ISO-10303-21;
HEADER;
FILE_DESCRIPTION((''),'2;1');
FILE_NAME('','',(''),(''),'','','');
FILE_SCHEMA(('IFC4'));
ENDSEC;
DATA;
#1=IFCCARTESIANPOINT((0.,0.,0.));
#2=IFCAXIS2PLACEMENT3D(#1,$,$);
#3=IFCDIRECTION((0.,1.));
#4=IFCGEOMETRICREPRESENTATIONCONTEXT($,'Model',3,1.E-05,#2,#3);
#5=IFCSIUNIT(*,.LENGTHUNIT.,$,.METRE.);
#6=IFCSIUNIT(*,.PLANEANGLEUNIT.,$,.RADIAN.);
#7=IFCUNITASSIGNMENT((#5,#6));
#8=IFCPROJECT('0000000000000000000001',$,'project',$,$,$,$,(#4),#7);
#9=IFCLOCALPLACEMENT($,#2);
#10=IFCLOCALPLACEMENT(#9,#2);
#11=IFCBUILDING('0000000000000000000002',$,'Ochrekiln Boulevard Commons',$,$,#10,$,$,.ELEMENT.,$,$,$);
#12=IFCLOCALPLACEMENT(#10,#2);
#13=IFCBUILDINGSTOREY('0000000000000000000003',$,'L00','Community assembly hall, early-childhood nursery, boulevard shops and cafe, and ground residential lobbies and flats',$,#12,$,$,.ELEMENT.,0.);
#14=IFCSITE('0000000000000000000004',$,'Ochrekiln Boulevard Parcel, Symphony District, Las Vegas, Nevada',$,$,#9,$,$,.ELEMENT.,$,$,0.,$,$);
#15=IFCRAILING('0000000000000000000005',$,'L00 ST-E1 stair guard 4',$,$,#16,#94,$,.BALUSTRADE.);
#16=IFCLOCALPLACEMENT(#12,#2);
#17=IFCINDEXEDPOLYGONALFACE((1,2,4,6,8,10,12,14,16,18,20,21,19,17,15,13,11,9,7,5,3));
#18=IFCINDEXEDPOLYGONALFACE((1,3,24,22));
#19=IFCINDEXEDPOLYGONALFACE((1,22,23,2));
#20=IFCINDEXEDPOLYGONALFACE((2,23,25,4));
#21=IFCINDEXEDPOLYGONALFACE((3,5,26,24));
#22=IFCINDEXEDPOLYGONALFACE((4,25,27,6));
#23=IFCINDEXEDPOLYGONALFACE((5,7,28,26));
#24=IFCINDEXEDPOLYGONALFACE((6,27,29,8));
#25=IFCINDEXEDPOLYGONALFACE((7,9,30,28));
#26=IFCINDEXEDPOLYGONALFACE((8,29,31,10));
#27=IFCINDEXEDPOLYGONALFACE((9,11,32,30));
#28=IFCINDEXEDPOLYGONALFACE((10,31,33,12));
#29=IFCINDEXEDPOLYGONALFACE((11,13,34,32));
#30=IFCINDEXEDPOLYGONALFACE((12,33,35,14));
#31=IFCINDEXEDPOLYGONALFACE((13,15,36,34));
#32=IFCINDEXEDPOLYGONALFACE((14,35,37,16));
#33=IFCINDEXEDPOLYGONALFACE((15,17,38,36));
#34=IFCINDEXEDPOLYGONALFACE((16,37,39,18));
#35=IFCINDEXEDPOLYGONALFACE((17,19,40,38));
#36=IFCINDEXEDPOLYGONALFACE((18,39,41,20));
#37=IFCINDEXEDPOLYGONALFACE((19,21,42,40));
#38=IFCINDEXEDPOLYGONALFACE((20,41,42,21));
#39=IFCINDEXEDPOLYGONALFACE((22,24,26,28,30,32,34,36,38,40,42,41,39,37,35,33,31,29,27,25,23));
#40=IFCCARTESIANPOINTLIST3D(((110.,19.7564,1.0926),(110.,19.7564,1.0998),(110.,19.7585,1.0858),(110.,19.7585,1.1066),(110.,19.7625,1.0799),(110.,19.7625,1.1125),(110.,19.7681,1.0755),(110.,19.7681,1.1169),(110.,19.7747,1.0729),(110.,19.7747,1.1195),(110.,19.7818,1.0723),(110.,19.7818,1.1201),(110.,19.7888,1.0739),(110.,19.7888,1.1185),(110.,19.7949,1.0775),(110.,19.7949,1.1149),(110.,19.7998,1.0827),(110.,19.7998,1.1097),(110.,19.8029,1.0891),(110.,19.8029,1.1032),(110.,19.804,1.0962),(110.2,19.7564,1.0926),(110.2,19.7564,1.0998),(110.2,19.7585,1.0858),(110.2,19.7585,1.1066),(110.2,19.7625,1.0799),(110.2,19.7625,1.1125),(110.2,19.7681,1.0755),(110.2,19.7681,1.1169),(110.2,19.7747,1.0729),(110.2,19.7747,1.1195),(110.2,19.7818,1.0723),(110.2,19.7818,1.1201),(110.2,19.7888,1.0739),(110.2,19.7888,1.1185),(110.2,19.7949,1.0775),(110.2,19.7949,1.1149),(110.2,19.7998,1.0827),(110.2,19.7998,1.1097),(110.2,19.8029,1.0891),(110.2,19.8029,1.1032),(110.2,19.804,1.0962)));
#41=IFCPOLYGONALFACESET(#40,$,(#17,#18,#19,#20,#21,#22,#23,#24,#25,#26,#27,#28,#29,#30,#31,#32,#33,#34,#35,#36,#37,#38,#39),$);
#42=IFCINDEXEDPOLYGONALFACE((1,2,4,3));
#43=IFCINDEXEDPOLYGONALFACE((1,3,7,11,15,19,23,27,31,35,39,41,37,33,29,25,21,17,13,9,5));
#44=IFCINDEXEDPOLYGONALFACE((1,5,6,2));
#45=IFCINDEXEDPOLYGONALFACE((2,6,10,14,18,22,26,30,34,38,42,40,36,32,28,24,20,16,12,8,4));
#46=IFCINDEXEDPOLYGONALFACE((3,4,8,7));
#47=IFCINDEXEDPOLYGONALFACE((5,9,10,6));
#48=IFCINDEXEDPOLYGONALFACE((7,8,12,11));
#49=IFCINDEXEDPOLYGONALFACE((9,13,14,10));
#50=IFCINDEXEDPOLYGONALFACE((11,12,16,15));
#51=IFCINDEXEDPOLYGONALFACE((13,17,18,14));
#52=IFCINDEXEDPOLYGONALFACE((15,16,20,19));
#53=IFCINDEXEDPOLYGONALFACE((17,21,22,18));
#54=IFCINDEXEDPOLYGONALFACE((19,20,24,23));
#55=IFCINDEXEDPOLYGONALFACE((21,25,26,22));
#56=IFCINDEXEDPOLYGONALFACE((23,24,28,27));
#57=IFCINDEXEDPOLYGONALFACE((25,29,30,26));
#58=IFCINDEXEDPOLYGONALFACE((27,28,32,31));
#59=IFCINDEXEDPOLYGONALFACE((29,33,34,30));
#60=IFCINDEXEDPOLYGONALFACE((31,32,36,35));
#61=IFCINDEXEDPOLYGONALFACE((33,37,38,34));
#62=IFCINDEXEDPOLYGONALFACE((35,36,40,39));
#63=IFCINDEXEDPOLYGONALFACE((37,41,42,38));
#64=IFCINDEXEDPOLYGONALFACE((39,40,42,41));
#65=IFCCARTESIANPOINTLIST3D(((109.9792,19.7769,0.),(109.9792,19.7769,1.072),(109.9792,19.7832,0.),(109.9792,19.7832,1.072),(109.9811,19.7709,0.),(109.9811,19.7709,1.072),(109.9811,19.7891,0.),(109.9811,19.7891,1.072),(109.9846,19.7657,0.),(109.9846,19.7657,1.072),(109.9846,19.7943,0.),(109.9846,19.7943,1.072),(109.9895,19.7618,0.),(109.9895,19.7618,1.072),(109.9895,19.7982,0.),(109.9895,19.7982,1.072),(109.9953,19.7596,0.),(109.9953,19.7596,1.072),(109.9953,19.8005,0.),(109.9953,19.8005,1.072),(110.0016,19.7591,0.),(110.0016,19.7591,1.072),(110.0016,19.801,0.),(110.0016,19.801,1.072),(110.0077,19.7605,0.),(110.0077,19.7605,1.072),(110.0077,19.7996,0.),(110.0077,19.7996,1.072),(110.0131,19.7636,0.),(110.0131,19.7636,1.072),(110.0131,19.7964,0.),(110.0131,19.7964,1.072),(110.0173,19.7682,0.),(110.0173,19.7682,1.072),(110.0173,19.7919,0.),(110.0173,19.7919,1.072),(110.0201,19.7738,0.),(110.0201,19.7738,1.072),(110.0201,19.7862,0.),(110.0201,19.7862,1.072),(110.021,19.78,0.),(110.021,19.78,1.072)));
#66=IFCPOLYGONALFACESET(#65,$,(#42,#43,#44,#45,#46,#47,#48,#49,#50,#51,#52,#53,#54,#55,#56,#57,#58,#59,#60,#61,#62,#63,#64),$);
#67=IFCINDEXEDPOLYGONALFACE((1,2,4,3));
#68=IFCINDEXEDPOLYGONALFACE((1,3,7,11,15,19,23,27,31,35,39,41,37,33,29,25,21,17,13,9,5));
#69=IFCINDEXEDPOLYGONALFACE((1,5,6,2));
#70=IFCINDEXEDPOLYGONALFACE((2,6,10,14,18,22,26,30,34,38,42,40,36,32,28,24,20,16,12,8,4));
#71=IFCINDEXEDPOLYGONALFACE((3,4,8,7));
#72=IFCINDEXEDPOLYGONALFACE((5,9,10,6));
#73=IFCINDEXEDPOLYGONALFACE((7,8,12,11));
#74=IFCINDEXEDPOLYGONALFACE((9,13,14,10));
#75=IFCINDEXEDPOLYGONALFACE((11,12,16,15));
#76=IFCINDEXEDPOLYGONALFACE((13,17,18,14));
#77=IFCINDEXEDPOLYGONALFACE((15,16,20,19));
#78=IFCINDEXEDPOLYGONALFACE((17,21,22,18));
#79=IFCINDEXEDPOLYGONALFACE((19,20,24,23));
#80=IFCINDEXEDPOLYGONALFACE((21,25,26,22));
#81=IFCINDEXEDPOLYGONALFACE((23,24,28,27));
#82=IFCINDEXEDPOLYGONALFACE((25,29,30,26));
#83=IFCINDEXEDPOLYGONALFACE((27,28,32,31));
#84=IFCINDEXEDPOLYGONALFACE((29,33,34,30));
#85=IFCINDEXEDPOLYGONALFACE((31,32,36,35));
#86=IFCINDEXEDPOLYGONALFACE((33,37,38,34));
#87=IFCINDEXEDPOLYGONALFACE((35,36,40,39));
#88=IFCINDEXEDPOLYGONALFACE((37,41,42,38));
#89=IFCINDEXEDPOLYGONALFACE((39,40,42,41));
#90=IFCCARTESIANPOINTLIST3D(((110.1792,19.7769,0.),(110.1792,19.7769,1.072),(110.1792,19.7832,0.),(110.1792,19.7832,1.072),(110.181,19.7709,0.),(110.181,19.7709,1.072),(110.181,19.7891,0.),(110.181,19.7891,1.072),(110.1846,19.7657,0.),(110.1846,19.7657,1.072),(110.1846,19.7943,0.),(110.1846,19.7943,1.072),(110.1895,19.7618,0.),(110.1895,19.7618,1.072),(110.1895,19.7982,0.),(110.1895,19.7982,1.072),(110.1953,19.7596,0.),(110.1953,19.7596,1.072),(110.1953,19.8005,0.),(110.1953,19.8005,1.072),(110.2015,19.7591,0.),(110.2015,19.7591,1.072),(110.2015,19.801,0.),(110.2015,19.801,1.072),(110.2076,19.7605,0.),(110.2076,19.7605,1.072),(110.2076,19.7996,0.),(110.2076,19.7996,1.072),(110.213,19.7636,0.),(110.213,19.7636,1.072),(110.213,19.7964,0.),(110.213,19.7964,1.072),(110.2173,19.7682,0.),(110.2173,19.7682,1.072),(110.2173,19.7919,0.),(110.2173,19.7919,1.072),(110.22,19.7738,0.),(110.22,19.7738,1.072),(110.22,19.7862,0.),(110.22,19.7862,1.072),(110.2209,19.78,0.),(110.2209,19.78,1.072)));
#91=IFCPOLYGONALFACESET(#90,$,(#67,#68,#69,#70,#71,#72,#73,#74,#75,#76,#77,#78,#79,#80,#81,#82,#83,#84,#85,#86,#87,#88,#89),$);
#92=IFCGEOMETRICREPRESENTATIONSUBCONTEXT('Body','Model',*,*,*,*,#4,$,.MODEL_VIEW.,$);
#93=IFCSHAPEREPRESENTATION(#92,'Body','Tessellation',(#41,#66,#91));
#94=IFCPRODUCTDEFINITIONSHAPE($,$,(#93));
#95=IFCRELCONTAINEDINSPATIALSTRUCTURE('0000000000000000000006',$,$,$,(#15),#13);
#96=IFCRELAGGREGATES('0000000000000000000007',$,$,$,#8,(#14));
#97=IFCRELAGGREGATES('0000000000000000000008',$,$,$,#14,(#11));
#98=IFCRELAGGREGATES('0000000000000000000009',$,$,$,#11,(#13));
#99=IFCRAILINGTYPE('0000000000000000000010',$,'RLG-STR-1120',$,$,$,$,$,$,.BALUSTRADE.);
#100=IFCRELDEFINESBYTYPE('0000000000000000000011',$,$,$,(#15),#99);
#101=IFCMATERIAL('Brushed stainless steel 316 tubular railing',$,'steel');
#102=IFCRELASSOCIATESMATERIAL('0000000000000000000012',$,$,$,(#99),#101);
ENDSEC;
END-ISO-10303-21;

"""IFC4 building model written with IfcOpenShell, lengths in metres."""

from ifc_helpers import new_model, si_unit, direction, frame, origin, origin_2d, place, context, subcontext, project, spatial, circle, extrude, material, type_object, element, save


model = new_model("IFC4")

# Units and contexts
model_context = context("Model", 3, precision=1e-05, world=origin(), true_north=direction((0.0, 1.0)))
body_context = subcontext(model_context, "Body", "Model", "MODEL_VIEW")
ifc_project = project(units=[si_unit("LENGTHUNIT", "METRE"), si_unit("PLANEANGLEUNIT", "RADIAN")], contexts=[model_context])

# Site, building, storey
site_placement = place(None, origin())
site = spatial("IfcSite", under=ifc_project, at=site_placement, Name="Ochrekiln Boulevard Parcel, Symphony District, Las Vegas, Nevada", CompositionType="ELEMENT", RefElevation=0.0)
building_placement = place(site_placement, origin())
building = spatial("IfcBuilding", under=site, at=building_placement, Name="Ochrekiln Boulevard Commons", CompositionType="ELEMENT")
storey_placement = place(building_placement, origin())
storey = spatial("IfcBuildingStorey", under=building, at=storey_placement, Name="L00", Description="Community assembly hall, early-childhood nursery, boulevard shops and cafe, and ground residential lobbies and flats", CompositionType="ELEMENT", Elevation=0.0)

# Railing
ifc_material_1 = material(Name="Brushed stainless steel 316 tubular railing", Category="steel")
railing_type_1 = type_object("IfcRailingType", Name="RLG-STR-1120", PredefinedType="BALUSTRADE", material=ifc_material_1)
railing_1_placement = place(storey_placement, frame((110.0, 19.78, 0.0)))
element("IfcRailing", 1, at=railing_1_placement, inside=storey, type_object=railing_type_1, Name="L00 ST-E1 stair guard 4", PredefinedType="BALUSTRADE", context=body_context, shape_type="SweptSolid", body=[
    extrude(circle(Radius=0.0239, at=origin_2d()), frame((0.0, 0.0, 1.0962), z_axis=(1.0, 0.0, 0.0), x_axis=(0.0, 1.0, 0.0)), (0.0, 0.0, 1.0), 0.2),
    extrude(circle(Radius=0.021, at=origin_2d()), origin(), (0.0, 0.0, 1.0), 1.072),
    extrude(circle(Radius=0.021, at=origin_2d()), frame((0.2, 0.0, 0.0)), (0.0, 0.0, 1.0), 1.072),
])

save(model, "model.ifc")
